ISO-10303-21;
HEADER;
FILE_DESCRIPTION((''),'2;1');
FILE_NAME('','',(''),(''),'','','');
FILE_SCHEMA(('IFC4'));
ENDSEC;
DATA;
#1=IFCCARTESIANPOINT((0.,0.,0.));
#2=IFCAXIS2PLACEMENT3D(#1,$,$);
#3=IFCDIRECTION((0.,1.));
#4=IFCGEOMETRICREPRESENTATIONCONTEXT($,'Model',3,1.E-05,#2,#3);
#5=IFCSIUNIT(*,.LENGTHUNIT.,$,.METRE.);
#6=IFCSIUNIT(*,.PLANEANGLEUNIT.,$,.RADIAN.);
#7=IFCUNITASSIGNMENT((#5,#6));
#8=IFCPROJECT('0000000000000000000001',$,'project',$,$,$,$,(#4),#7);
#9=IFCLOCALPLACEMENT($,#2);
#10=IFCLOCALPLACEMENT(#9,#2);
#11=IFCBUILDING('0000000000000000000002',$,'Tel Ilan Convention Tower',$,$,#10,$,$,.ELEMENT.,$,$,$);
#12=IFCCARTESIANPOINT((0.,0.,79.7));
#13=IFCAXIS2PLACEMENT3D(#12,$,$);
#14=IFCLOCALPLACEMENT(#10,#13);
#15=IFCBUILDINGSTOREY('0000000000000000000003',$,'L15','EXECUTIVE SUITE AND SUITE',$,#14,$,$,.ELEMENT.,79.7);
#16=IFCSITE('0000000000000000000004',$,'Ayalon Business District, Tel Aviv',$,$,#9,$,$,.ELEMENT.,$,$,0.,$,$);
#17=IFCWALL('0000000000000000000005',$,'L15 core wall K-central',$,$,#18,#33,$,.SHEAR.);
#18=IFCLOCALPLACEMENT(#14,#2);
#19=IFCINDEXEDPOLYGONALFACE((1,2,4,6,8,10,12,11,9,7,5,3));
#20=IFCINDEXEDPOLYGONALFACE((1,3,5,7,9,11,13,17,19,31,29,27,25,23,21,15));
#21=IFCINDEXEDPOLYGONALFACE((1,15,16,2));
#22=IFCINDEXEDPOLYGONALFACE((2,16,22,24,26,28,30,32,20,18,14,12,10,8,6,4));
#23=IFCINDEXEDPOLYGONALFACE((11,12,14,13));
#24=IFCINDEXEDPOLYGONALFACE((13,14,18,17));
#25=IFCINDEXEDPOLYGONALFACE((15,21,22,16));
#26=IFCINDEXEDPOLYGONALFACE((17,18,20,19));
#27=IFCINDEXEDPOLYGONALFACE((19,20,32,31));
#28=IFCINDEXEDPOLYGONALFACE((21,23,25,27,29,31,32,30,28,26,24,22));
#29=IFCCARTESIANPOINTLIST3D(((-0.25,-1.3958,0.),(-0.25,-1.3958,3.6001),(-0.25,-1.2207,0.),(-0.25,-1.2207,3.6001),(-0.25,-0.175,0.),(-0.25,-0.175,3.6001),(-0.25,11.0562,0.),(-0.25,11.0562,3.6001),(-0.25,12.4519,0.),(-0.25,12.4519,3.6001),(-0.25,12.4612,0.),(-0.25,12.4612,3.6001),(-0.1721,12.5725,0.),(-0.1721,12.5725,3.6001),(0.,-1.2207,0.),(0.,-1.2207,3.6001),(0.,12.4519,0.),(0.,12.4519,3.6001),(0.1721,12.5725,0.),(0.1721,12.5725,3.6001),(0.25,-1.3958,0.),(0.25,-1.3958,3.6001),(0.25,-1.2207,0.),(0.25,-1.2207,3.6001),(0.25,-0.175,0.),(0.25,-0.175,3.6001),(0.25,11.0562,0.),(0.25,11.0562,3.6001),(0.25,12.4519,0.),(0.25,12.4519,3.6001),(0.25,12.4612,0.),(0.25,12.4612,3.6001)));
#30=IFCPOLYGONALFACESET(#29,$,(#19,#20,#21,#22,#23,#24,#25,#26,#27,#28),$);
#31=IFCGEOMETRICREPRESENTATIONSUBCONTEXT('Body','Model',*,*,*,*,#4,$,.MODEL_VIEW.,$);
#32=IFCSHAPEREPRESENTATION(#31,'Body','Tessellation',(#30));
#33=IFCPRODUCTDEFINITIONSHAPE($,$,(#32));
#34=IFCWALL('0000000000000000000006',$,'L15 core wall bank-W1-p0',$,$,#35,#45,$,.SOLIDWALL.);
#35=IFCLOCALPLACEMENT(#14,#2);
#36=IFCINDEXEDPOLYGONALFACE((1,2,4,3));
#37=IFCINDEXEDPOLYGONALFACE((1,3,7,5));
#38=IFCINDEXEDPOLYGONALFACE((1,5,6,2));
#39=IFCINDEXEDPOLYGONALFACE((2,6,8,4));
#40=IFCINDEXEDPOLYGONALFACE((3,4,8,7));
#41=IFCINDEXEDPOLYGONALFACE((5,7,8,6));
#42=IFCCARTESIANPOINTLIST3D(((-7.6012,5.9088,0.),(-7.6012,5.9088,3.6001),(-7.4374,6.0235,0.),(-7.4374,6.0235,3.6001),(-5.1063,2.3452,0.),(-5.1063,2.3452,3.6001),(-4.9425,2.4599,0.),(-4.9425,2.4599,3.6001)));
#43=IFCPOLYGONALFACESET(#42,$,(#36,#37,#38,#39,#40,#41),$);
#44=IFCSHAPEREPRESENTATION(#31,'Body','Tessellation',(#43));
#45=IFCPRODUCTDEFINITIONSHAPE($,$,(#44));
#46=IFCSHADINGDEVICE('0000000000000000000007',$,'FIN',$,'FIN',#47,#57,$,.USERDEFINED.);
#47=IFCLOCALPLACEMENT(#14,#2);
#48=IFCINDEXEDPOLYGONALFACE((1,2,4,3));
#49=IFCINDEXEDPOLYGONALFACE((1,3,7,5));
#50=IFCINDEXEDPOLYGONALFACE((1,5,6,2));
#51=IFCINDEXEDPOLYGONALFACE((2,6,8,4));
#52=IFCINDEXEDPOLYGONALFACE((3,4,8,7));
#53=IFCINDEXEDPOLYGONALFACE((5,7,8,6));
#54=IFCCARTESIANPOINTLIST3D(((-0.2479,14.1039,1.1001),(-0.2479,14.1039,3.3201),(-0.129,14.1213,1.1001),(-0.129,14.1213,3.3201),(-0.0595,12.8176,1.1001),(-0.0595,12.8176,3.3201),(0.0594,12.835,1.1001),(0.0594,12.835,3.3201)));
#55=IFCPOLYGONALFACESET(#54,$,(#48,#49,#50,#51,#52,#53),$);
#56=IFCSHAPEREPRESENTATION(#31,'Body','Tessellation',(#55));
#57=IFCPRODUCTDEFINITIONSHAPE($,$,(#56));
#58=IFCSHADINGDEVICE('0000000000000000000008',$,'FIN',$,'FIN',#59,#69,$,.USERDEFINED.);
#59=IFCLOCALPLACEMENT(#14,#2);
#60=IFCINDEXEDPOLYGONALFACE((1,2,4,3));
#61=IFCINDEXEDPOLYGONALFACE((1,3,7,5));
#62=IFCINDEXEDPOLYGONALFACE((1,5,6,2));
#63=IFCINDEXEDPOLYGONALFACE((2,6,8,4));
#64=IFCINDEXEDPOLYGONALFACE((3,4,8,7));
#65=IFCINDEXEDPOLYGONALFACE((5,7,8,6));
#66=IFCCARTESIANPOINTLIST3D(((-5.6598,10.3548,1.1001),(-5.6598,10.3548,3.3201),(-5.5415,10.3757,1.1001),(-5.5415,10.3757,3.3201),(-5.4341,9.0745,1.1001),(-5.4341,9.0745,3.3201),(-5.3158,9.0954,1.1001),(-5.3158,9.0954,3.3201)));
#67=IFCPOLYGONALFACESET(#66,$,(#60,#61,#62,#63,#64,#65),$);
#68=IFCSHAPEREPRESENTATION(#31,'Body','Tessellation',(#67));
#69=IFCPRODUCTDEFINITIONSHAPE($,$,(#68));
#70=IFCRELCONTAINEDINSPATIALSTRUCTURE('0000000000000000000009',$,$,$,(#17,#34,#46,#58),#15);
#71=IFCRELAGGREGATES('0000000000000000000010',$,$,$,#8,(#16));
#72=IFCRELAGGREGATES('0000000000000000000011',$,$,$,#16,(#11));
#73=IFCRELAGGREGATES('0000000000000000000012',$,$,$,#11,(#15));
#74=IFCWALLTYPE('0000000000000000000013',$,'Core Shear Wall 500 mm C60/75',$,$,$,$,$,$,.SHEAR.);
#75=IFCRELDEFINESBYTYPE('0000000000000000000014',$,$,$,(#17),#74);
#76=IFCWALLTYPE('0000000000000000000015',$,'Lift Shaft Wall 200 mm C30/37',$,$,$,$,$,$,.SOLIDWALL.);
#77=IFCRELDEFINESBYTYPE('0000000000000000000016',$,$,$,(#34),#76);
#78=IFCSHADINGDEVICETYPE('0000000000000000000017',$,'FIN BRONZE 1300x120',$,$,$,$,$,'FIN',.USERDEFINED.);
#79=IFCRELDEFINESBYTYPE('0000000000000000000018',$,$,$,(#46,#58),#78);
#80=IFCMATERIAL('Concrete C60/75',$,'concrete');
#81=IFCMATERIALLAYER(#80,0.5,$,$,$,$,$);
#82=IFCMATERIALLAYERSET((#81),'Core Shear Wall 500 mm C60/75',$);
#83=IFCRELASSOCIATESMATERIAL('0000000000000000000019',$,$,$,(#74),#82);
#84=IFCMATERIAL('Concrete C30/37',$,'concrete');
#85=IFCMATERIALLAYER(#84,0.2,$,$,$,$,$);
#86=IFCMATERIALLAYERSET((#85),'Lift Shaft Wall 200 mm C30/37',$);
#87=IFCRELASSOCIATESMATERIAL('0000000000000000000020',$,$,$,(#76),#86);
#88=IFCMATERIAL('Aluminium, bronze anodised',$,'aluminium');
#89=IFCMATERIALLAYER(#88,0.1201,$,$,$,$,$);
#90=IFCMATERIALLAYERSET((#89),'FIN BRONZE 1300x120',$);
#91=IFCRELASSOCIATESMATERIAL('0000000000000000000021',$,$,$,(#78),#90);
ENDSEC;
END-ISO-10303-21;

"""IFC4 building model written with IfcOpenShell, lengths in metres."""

from ifc_helpers import new_model, si_unit, direction, frame, frame_2d, origin, origin_2d, place, context, subcontext, project, spatial, polyline, rectangle, outline, extrude, material, layer, layer_set, type_object, element, save


model = new_model("IFC4")

# Units and contexts
model_context = context("Model", 3, precision=1e-05, world=origin(), true_north=direction((0.0, 1.0)))
body_context = subcontext(model_context, "Body", "Model", "MODEL_VIEW")
ifc_project = project(units=[si_unit("LENGTHUNIT", "METRE"), si_unit("PLANEANGLEUNIT", "RADIAN")], contexts=[model_context])

# Site, building, storey
site_placement = place(None, origin())
site = spatial("IfcSite", under=ifc_project, at=site_placement, Name="Ayalon Business District, Tel Aviv", CompositionType="ELEMENT", RefElevation=0.0)
building_placement = place(site_placement, origin())
building = spatial("IfcBuilding", under=site, at=building_placement, Name="Tel Ilan Convention Tower", CompositionType="ELEMENT")
storey_placement = place(building_placement, frame((0.0, 0.0, 79.7)))
storey = spatial("IfcBuildingStorey", under=building, at=storey_placement, Name="L15", Description="EXECUTIVE SUITE AND SUITE", CompositionType="ELEMENT", Elevation=79.7)

# Shared definitions
ifc_material_1 = material(Name="Concrete C60/75", Category="concrete")
ifc_layer_1 = layer(ifc_material_1, 0.5)
ifc_layer_set_1 = layer_set([ifc_layer_1], Name="Core Shear Wall 500 mm C60/75")
wall_type_1 = type_object("IfcWallType", Name="Core Shear Wall 500 mm C60/75", PredefinedType="SHEAR", material=ifc_layer_set_1)

# Walls
wall_1_placement = place(storey_placement, frame((0.0, -1.3958, 0.0), z_axis=(0.0, 0.0, 1.0), x_axis=(0.0, 1.0, 0.0)))
element("IfcWall", 1, at=wall_1_placement, inside=storey, type_object=wall_type_1, Name="L15 core wall K-central", PredefinedType="SHEAR", context=body_context, shape_type="SweptSolid", body=[
    extrude(outline(polyline([(0.0, -0.25), (0.175, -0.25), (1.2207, -0.25), (12.4519, -0.25), (13.8477, -0.25), (13.8569, -0.25), (13.9683, -0.1721), (13.8477, 0.0), (13.9683, 0.1721), (13.8569, 0.25), (13.8477, 0.25), (12.4519, 0.25), (1.2207, 0.25), (0.175, 0.25), (0.0, 0.25), (0.175, 0.0), (0.0, -0.25)])), origin(), (0.0, 0.0, 1.0), 3.6001),
])
ifc_material_2 = material(Name="Concrete C30/37", Category="concrete")
ifc_layer_2 = layer(ifc_material_2, 0.2)
ifc_layer_set_2 = layer_set([ifc_layer_2], Name="Lift Shaft Wall 200 mm C30/37")
wall_type_2 = type_object("IfcWallType", Name="Lift Shaft Wall 200 mm C30/37", PredefinedType="SOLIDWALL", material=ifc_layer_set_2)
wall_2_placement = place(storey_placement, frame((-5.0244, 2.4026, 0.0), z_axis=(0.0, 0.0, 1.0), x_axis=(-0.57353, 0.819184, 0.0)))
element("IfcWall", 2, at=wall_2_placement, inside=storey, type_object=wall_type_2, Name="L15 core wall bank-W1-p0", PredefinedType="SOLIDWALL", context=body_context, shape_type="SweptSolid", body=[
    extrude(rectangle(XDim=4.3501, YDim=0.2, at=frame_2d((2.175, 0.0))), origin(), (0.0, 0.0, 1.0), 3.6001),
])

# Shading devices
ifc_material_3 = material(Name="Aluminium, bronze anodised", Category="aluminium")
ifc_layer_3 = layer(ifc_material_3, 0.1201)
ifc_layer_set_3 = layer_set([ifc_layer_3], Name="FIN BRONZE 1300x120")
shading_device_type = type_object("IfcShadingDeviceType", Name="FIN BRONZE 1300x120", ElementType="FIN", PredefinedType="USERDEFINED", material=ifc_layer_set_3)
for number, where, z_axis, x_axis, name in (
    (3, (-0.0942, 13.4695, 1.1001), (0.0, 0.0, 1.0), (-0.144932, 0.989442, 0.0), "FIN"),
    (4, (-5.4878, 9.7251, 1.1001), (0.0, 0.0, 1.0), (-0.173648, 0.984808, 0.0), "FIN"),
):
    element("IfcShadingDevice", number, at=place(storey_placement, frame(where, z_axis=z_axis, x_axis=x_axis)), inside=storey, type_object=shading_device_type, Name=name, ObjectType="FIN", PredefinedType="USERDEFINED", context=body_context, shape_type="SweptSolid", body=[
        extrude(rectangle(XDim=1.3, YDim=0.1201, at=origin_2d()), origin(), (0.0, 0.0, 1.0), 2.22),
    ])

save(model, "model.ifc")
